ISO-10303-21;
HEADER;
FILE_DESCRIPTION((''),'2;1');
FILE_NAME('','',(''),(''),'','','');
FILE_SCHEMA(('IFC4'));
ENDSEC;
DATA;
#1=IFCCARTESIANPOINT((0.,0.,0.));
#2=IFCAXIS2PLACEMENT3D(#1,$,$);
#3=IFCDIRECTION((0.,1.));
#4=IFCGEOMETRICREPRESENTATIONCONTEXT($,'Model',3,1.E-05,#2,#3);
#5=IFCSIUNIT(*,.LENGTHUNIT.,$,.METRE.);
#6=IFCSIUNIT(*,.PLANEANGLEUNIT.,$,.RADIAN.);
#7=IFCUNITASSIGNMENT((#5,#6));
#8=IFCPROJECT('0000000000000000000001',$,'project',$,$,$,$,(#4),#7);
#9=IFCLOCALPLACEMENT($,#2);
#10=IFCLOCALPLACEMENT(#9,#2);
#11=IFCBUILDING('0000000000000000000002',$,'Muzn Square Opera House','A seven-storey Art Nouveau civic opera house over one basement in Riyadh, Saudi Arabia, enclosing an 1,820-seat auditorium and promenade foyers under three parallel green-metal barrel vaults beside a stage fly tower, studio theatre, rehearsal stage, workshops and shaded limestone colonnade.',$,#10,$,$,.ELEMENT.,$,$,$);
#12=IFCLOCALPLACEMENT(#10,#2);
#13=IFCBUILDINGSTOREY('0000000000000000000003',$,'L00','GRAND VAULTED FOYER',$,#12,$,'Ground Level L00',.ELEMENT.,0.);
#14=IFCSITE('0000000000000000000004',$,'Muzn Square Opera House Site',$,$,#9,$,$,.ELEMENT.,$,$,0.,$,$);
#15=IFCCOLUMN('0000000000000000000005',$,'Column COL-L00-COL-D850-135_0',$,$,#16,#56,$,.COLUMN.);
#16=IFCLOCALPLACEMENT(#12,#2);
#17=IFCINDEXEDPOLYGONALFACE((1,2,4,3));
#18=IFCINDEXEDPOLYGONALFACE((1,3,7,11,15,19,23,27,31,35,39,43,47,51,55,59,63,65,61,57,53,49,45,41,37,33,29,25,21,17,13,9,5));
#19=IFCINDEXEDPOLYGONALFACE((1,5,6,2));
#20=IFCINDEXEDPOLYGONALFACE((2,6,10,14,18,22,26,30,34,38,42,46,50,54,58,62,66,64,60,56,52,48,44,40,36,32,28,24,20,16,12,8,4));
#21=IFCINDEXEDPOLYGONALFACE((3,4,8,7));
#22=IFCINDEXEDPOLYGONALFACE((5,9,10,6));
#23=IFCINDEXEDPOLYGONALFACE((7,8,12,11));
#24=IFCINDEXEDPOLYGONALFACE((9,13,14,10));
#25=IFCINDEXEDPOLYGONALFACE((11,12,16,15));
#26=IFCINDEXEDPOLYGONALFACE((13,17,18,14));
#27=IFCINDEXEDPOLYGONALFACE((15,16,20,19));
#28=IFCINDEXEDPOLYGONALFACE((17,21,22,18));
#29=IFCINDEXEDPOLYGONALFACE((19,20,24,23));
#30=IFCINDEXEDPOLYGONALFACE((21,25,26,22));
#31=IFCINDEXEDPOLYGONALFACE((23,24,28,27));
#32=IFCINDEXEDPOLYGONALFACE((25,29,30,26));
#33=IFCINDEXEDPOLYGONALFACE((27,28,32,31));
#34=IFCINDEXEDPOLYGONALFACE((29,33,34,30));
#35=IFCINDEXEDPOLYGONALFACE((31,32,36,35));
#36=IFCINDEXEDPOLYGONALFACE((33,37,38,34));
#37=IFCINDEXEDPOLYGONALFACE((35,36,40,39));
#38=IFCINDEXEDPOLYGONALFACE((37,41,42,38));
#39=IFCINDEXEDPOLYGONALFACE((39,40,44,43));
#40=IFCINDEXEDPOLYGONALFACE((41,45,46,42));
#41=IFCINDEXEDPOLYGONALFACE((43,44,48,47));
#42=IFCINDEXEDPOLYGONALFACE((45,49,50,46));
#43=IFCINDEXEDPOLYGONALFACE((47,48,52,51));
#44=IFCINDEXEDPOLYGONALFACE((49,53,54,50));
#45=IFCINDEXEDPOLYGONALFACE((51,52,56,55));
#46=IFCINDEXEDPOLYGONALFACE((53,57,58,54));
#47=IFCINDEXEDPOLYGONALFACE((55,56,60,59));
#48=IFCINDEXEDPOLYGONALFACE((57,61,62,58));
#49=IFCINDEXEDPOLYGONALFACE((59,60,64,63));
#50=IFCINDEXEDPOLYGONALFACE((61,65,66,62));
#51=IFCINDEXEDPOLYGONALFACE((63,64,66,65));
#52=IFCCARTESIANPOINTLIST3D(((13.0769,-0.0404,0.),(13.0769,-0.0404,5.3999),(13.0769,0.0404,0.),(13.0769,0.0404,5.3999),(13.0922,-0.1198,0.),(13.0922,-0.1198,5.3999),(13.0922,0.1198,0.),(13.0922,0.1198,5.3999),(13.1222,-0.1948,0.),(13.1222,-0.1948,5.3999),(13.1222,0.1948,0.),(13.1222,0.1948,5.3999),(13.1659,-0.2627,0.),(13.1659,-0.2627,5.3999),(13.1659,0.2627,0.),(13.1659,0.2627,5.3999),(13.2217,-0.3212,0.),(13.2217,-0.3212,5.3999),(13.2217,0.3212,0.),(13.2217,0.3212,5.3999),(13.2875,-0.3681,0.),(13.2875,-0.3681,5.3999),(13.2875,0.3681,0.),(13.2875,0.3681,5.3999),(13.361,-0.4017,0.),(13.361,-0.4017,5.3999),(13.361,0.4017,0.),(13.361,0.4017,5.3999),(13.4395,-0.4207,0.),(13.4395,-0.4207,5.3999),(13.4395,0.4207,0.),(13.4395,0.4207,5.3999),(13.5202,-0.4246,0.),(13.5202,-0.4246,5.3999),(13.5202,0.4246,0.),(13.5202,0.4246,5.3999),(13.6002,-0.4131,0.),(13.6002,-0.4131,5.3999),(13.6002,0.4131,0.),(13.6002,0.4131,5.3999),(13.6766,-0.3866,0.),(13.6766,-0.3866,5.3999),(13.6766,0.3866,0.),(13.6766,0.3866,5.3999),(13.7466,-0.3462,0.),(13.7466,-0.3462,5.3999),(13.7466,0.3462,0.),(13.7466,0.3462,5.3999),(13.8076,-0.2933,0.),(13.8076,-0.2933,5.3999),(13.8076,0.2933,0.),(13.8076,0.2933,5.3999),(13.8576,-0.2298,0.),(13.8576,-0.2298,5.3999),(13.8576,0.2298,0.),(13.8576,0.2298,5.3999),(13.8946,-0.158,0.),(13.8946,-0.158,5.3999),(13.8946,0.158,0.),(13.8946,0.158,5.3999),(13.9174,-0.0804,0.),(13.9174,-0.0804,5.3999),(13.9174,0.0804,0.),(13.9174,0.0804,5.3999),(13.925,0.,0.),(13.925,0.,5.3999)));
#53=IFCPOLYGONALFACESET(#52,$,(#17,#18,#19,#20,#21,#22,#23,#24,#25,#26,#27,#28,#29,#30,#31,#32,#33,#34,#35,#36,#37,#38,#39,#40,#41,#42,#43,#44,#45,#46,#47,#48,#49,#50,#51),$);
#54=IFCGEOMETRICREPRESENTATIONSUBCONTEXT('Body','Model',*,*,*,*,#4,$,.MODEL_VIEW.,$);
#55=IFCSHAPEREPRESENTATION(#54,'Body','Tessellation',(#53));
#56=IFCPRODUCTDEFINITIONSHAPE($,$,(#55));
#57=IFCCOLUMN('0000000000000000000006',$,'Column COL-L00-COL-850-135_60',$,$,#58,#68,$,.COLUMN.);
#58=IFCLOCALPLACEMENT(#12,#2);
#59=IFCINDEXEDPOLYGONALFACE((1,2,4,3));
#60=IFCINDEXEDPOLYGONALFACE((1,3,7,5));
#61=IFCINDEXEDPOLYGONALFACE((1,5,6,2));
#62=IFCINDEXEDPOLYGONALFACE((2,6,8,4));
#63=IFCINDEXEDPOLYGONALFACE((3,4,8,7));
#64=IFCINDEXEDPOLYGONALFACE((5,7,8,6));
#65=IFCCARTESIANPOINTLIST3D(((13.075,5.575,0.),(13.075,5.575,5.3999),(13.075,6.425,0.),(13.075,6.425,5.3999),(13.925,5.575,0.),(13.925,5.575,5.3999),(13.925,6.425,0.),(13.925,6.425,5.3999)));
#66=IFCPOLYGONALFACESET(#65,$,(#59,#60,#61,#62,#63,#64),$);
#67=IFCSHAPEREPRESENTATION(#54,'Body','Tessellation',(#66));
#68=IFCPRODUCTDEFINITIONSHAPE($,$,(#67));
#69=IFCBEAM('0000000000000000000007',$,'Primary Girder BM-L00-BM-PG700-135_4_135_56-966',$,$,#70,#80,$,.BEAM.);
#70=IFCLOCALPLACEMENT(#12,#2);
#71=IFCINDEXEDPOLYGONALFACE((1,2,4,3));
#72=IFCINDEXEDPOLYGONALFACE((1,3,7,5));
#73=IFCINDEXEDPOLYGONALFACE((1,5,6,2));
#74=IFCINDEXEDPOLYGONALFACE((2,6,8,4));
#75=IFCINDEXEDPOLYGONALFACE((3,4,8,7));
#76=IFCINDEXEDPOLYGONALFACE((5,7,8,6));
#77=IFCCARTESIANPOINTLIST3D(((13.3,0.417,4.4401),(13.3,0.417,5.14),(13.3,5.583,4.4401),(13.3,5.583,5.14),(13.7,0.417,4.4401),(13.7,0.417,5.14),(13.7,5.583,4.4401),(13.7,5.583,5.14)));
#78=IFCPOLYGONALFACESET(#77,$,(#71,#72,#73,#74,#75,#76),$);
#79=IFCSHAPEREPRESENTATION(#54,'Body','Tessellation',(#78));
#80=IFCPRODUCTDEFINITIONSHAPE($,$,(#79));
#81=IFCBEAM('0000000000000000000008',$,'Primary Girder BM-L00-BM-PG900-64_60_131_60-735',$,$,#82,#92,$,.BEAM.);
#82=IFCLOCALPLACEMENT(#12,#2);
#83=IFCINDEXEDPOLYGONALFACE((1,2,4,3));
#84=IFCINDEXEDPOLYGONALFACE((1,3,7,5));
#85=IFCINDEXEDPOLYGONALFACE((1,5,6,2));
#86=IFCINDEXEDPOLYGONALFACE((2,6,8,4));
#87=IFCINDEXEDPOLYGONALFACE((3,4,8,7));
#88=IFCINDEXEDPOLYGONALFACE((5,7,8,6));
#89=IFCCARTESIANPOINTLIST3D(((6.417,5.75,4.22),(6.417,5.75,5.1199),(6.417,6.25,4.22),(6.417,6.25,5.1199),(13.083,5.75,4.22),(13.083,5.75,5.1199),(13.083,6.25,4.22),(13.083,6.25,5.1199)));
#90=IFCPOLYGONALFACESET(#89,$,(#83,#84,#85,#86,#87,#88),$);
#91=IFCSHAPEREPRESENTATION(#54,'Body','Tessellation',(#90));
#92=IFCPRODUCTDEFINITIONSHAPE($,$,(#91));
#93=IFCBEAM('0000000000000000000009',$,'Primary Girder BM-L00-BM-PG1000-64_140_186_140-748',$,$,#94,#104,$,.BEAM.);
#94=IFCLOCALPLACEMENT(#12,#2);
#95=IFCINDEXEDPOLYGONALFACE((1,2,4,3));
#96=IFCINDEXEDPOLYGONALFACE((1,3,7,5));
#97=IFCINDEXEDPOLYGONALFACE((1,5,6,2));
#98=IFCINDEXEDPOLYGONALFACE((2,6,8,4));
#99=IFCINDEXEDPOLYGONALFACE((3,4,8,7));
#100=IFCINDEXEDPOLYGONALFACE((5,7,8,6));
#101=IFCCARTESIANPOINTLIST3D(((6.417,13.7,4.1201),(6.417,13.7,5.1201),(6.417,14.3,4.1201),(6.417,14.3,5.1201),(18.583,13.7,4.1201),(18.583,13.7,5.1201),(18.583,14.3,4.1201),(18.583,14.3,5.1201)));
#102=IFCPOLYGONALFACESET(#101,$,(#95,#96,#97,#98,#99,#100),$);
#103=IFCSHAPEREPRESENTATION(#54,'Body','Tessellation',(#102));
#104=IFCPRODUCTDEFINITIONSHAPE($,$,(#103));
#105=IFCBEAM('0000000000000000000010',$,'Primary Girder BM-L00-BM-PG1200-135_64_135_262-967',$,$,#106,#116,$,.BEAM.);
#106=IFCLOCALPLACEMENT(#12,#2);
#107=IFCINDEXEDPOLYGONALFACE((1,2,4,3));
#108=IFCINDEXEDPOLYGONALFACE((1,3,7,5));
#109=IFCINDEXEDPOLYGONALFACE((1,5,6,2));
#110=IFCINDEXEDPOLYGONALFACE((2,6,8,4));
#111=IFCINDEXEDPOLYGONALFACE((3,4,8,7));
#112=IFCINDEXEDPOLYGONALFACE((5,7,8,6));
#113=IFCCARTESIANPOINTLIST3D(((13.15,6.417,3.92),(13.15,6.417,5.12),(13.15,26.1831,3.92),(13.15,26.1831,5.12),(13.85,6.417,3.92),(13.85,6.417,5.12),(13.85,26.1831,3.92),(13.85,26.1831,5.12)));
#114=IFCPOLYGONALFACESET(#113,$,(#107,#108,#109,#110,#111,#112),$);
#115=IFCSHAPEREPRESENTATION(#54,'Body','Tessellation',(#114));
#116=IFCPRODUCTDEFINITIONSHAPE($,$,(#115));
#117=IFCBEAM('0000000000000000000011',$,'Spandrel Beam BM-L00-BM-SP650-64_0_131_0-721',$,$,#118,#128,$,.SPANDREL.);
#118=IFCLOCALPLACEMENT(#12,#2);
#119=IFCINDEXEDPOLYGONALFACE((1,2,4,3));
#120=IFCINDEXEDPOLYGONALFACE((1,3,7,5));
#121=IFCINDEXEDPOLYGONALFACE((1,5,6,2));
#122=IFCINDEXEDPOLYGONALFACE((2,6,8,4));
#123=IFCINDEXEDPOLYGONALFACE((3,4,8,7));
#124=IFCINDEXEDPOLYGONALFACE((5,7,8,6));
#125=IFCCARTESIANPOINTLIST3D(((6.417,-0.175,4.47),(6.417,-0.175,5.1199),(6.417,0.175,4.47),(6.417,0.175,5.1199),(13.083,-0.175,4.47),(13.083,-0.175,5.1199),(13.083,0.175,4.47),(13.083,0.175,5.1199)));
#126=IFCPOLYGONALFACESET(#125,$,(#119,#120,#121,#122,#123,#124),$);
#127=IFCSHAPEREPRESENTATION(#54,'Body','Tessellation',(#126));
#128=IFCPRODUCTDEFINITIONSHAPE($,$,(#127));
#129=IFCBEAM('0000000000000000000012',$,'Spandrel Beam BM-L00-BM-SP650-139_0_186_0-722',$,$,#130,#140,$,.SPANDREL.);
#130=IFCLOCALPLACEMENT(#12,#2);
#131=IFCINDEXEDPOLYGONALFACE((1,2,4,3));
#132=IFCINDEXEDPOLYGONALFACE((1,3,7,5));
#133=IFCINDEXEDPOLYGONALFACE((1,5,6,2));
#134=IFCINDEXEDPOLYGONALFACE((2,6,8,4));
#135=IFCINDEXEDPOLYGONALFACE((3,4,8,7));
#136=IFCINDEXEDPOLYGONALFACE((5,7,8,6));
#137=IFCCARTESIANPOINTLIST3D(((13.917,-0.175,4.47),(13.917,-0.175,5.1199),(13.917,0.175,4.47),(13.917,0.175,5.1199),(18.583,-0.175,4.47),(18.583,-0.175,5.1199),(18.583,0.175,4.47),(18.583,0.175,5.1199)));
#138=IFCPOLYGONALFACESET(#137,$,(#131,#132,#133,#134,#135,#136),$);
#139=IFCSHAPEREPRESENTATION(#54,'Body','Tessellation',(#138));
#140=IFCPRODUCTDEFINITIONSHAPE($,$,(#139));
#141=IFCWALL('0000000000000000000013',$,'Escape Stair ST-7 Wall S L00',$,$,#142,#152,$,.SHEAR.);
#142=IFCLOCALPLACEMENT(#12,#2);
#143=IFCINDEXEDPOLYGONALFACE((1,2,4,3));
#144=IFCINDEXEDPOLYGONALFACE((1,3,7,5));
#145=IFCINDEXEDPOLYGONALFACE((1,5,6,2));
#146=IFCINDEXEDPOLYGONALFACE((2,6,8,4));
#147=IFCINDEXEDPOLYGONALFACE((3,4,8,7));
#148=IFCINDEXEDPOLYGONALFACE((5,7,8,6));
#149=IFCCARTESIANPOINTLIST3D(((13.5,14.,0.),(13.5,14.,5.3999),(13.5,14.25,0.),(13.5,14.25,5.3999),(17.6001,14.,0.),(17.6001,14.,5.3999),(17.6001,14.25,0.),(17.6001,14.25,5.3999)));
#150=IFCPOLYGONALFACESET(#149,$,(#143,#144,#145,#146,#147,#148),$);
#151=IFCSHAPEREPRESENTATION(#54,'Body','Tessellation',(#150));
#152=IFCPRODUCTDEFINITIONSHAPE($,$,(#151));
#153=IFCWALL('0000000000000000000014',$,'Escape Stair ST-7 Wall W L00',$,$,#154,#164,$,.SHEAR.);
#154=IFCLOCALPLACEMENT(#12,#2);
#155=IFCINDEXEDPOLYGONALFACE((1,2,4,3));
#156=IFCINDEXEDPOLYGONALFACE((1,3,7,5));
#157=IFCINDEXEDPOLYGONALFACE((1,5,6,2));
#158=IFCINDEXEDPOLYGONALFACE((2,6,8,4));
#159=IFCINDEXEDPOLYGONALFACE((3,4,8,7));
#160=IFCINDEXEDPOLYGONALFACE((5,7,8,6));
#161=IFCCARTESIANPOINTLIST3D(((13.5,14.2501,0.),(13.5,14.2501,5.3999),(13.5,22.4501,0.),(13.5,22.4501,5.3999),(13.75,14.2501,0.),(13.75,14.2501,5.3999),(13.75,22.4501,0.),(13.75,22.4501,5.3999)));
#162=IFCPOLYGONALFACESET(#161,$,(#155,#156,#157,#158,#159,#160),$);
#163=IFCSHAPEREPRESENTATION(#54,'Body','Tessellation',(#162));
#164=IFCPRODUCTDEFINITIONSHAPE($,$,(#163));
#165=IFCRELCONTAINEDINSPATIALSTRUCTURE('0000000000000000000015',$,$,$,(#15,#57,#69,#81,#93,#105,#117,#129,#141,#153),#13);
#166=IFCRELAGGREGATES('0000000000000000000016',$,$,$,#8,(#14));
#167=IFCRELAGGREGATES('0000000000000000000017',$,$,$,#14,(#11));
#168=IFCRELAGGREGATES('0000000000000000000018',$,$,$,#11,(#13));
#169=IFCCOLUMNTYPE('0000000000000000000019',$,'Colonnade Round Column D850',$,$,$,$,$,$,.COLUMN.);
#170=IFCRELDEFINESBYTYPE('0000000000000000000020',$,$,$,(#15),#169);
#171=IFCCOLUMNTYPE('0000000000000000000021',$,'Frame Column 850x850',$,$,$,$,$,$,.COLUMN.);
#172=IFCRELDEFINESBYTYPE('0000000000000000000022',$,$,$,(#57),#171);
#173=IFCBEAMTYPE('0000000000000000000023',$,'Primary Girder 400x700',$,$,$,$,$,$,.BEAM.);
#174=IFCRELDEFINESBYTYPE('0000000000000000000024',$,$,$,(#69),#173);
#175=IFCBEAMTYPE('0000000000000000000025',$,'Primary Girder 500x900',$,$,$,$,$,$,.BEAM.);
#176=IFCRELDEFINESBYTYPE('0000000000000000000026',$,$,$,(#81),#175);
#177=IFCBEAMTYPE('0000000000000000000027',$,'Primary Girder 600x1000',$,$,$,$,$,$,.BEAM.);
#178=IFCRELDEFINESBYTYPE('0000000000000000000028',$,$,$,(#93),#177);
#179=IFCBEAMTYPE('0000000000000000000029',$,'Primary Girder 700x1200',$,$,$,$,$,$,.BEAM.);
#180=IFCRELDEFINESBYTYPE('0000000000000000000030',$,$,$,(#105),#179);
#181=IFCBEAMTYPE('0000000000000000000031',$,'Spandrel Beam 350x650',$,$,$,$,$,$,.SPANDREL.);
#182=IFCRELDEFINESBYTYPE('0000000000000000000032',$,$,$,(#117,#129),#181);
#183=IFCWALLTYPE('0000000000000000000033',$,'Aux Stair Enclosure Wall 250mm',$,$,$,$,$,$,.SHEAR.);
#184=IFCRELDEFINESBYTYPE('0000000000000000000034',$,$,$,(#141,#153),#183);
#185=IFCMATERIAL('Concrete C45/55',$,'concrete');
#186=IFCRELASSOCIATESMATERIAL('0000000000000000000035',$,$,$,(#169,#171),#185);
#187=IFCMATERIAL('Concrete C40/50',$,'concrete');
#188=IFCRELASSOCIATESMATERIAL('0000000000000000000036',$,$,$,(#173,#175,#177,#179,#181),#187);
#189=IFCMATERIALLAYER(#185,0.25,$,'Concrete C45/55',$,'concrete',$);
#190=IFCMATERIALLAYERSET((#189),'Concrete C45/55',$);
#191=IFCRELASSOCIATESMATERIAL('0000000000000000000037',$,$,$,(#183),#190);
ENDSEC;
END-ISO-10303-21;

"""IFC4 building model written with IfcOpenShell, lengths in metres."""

from ifc_helpers import new_model, si_unit, direction, frame, frame_2d, origin, origin_2d, place, context, subcontext, project, spatial, rectangle, circle, extrude, material, layer, layer_set, material_profile, profile_set, type_object, element, save


model = new_model("IFC4")

# Units and contexts
model_context = context("Model", 3, precision=1e-05, world=origin(), true_north=direction((0.0, 1.0)))
body_context = subcontext(model_context, "Body", "Model", "MODEL_VIEW")
ifc_project = project(units=[si_unit("LENGTHUNIT", "METRE"), si_unit("PLANEANGLEUNIT", "RADIAN")], contexts=[model_context])

# Site, building, storey
site_placement = place(None, origin())
site = spatial("IfcSite", under=ifc_project, at=site_placement, Name="Muzn Square Opera House Site", CompositionType="ELEMENT", RefElevation=0.0)
building_placement = place(site_placement, origin())
building = spatial("IfcBuilding", under=site, at=building_placement, Name="Muzn Square Opera House", Description="A seven-storey Art Nouveau civic opera house over one basement in Riyadh, Saudi Arabia, enclosing an 1,820-seat auditorium and promenade foyers under three parallel green-metal barrel vaults beside a stage fly tower, studio theatre, rehearsal stage, workshops and shaded limestone colonnade.", CompositionType="ELEMENT")
storey_placement = place(building_placement, origin())
storey = spatial("IfcBuildingStorey", under=building, at=storey_placement, Name="L00", Description="GRAND VAULTED FOYER", LongName="Ground Level L00", CompositionType="ELEMENT", Elevation=0.0)

# Columns
ifc_material_1 = material(Name="Concrete C45/55", Category="concrete")
ifc_material_profile_1 = material_profile(ifc_material_1, circle(Radius=0.425, at=origin_2d()), Name="RCC D850", Category="concrete")
ifc_profile_set_1 = profile_set([ifc_material_profile_1], Name="Concrete C45/55")
column_type_1 = type_object("IfcColumnType", Name="Colonnade Round Column D850", PredefinedType="COLUMN", material=ifc_profile_set_1)
column_1_placement = place(storey_placement, frame((13.5, 0.0, 0.0), z_axis=(0.0, 0.0, 1.0), x_axis=(1.0, 0.0, 0.0)))
element("IfcColumn", 1, at=column_1_placement, inside=storey, type_object=column_type_1, Name="Column COL-L00-COL-D850-135_0", PredefinedType="COLUMN", context=body_context, shape_type="SweptSolid", body=[
    extrude(circle(Radius=0.425, at=origin_2d()), origin(), (0.0, 0.0, 1.0), 5.3999),
])
ifc_material_profile_2 = material_profile(ifc_material_1, rectangle(XDim=0.8501, YDim=0.8501, at=origin_2d()), Name="RC 850x850", Category="concrete")
ifc_profile_set_2 = profile_set([ifc_material_profile_2], Name="Concrete C45/55")
column_type_2 = type_object("IfcColumnType", Name="Frame Column 850x850", PredefinedType="COLUMN", material=ifc_profile_set_2)
column_2_placement = place(storey_placement, frame((13.5, 6.0, 0.0), z_axis=(0.0, 0.0, 1.0), x_axis=(1.0, 0.0, 0.0)))
element("IfcColumn", 2, at=column_2_placement, inside=storey, type_object=column_type_2, Name="Column COL-L00-COL-850-135_60", PredefinedType="COLUMN", context=body_context, shape_type="SweptSolid", body=[
    extrude(rectangle(XDim=0.8501, YDim=0.8501, at=origin_2d()), origin(), (0.0, 0.0, 1.0), 5.3999),
])

# Beams
ifc_material_2 = material(Name="Concrete C40/50", Category="concrete")
ifc_material_profile_3 = material_profile(ifc_material_2, rectangle(XDim=0.3999, YDim=0.7, at=origin_2d()), Name="RCB 400x700", Category="concrete")
ifc_profile_set_3 = profile_set([ifc_material_profile_3], Name="Concrete C40/50")
beam_type_1 = type_object("IfcBeamType", Name="Primary Girder 400x700", PredefinedType="BEAM", material=ifc_profile_set_3)
beam_1_placement = place(storey_placement, frame((13.5, 0.417, 4.79), z_axis=(0.0, 1.0, 0.0), x_axis=(-1.0, 0.0, 0.0)))
element("IfcBeam", 3, at=beam_1_placement, inside=storey, type_object=beam_type_1, Name="Primary Girder BM-L00-BM-PG700-135_4_135_56-966", PredefinedType="BEAM", context=body_context, shape_type="SweptSolid", body=[
    extrude(rectangle(XDim=0.3999, YDim=0.7, at=origin_2d()), origin(), (0.0, 0.0, 1.0), 5.166),
])
ifc_material_profile_4 = material_profile(ifc_material_2, rectangle(XDim=0.5, YDim=0.8999, at=origin_2d()), Name="RCB 500x900", Category="concrete")
ifc_profile_set_4 = profile_set([ifc_material_profile_4], Name="Concrete C40/50")
beam_type_2 = type_object("IfcBeamType", Name="Primary Girder 500x900", PredefinedType="BEAM", material=ifc_profile_set_4)
beam_2_placement = place(storey_placement, frame((6.417, 6.0, 4.6699), z_axis=(1.0, 0.0, 0.0), x_axis=(0.0, 1.0, 0.0)))
element("IfcBeam", 4, at=beam_2_placement, inside=storey, type_object=beam_type_2, Name="Primary Girder BM-L00-BM-PG900-64_60_131_60-735", PredefinedType="BEAM", context=body_context, shape_type="SweptSolid", body=[
    extrude(rectangle(XDim=0.5, YDim=0.8999, at=origin_2d()), origin(), (0.0, 0.0, 1.0), 6.666),
])
ifc_material_profile_5 = material_profile(ifc_material_2, rectangle(XDim=0.6001, YDim=1.0, at=origin_2d()), Name="RCB 600x1000", Category="concrete")
ifc_profile_set_5 = profile_set([ifc_material_profile_5], Name="Concrete C40/50")
beam_type_3 = type_object("IfcBeamType", Name="Primary Girder 600x1000", PredefinedType="BEAM", material=ifc_profile_set_5)
beam_3_placement = place(storey_placement, frame((6.417, 14.0, 4.6201), z_axis=(1.0, 0.0, 0.0), x_axis=(0.0, 1.0, 0.0)))
element("IfcBeam", 5, at=beam_3_placement, inside=storey, type_object=beam_type_3, Name="Primary Girder BM-L00-BM-PG1000-64_140_186_140-748", PredefinedType="BEAM", context=body_context, shape_type="SweptSolid", body=[
    extrude(rectangle(XDim=0.6001, YDim=1.0, at=origin_2d()), origin(), (0.0, 0.0, 1.0), 12.166),
])
ifc_material_profile_6 = material_profile(ifc_material_2, rectangle(XDim=0.7, YDim=1.2, at=origin_2d()), Name="RCB 700x1200", Category="concrete")
ifc_profile_set_6 = profile_set([ifc_material_profile_6], Name="Concrete C40/50")
beam_type_4 = type_object("IfcBeamType", Name="Primary Girder 700x1200", PredefinedType="BEAM", material=ifc_profile_set_6)
beam_4_placement = place(storey_placement, frame((13.5, 6.417, 4.52), z_axis=(0.0, 1.0, 0.0), x_axis=(-1.0, 0.0, 0.0)))
element("IfcBeam", 6, at=beam_4_placement, inside=storey, type_object=beam_type_4, Name="Primary Girder BM-L00-BM-PG1200-135_64_135_262-967", PredefinedType="BEAM", context=body_context, shape_type="SweptSolid", body=[
    extrude(rectangle(XDim=0.7, YDim=1.2, at=origin_2d()), origin(), (0.0, 0.0, 1.0), 19.7661),
])
ifc_material_profile_7 = material_profile(ifc_material_2, rectangle(XDim=0.3501, YDim=0.6499, at=origin_2d()), Name="RCS 350x650", Category="concrete")
ifc_profile_set_7 = profile_set([ifc_material_profile_7], Name="Concrete C40/50")
beam_type_5 = type_object("IfcBeamType", Name="Spandrel Beam 350x650", PredefinedType="SPANDREL", material=ifc_profile_set_7)
beam_5_placement = place(storey_placement, frame((6.417, 0.0, 4.7949), z_axis=(1.0, 0.0, 0.0), x_axis=(0.0, 1.0, 0.0)))
element("IfcBeam", 7, at=beam_5_placement, inside=storey, type_object=beam_type_5, Name="Spandrel Beam BM-L00-BM-SP650-64_0_131_0-721", PredefinedType="SPANDREL", context=body_context, shape_type="SweptSolid", body=[
    extrude(rectangle(XDim=0.3501, YDim=0.6499, at=origin_2d()), origin(), (0.0, 0.0, 1.0), 6.666),
])
beam_6_placement = place(storey_placement, frame((13.917, 0.0, 4.7949), z_axis=(1.0, 0.0, 0.0), x_axis=(0.0, 1.0, 0.0)))
element("IfcBeam", 8, at=beam_6_placement, inside=storey, type_object=beam_type_5, Name="Spandrel Beam BM-L00-BM-SP650-139_0_186_0-722", PredefinedType="SPANDREL", context=body_context, shape_type="SweptSolid", body=[
    extrude(rectangle(XDim=0.3501, YDim=0.6499, at=origin_2d()), origin(), (0.0, 0.0, 1.0), 4.666),
])

# Walls
ifc_layer_1 = layer(ifc_material_1, 0.25, Name="Concrete C45/55", Category="concrete")
ifc_layer_set_1 = layer_set([ifc_layer_1], Name="Concrete C45/55")
wall_type_1 = type_object("IfcWallType", Name="Aux Stair Enclosure Wall 250mm", PredefinedType="SHEAR", material=ifc_layer_set_1)
wall_1_placement = place(storey_placement, frame((13.5, 14.125, 0.0), z_axis=(0.0, 0.0, 1.0), x_axis=(1.0, 0.0, 0.0)))
element("IfcWall", 9, at=wall_1_placement, inside=storey, type_object=wall_type_1, Name="Escape Stair ST-7 Wall S L00", PredefinedType="SHEAR", context=body_context, shape_type="SweptSolid", body=[
    extrude(rectangle(XDim=4.1001, YDim=0.25, at=frame_2d((2.05, 0.0))), origin(), (0.0, 0.0, 1.0), 5.3999),
])
wall_2_placement = place(storey_placement, frame((13.625, 14.25, 0.0), z_axis=(0.0, 0.0, 1.0), x_axis=(0.0, 1.0, 0.0)))
element("IfcWall", 10, at=wall_2_placement, inside=storey, type_object=wall_type_1, Name="Escape Stair ST-7 Wall W L00", PredefinedType="SHEAR", context=body_context, shape_type="SweptSolid", body=[
    extrude(rectangle(XDim=8.2, YDim=0.25, at=frame_2d((4.1001, 0.0))), origin(), (0.0, 0.0, 1.0), 5.3999),
])

save(model, "model.ifc")
